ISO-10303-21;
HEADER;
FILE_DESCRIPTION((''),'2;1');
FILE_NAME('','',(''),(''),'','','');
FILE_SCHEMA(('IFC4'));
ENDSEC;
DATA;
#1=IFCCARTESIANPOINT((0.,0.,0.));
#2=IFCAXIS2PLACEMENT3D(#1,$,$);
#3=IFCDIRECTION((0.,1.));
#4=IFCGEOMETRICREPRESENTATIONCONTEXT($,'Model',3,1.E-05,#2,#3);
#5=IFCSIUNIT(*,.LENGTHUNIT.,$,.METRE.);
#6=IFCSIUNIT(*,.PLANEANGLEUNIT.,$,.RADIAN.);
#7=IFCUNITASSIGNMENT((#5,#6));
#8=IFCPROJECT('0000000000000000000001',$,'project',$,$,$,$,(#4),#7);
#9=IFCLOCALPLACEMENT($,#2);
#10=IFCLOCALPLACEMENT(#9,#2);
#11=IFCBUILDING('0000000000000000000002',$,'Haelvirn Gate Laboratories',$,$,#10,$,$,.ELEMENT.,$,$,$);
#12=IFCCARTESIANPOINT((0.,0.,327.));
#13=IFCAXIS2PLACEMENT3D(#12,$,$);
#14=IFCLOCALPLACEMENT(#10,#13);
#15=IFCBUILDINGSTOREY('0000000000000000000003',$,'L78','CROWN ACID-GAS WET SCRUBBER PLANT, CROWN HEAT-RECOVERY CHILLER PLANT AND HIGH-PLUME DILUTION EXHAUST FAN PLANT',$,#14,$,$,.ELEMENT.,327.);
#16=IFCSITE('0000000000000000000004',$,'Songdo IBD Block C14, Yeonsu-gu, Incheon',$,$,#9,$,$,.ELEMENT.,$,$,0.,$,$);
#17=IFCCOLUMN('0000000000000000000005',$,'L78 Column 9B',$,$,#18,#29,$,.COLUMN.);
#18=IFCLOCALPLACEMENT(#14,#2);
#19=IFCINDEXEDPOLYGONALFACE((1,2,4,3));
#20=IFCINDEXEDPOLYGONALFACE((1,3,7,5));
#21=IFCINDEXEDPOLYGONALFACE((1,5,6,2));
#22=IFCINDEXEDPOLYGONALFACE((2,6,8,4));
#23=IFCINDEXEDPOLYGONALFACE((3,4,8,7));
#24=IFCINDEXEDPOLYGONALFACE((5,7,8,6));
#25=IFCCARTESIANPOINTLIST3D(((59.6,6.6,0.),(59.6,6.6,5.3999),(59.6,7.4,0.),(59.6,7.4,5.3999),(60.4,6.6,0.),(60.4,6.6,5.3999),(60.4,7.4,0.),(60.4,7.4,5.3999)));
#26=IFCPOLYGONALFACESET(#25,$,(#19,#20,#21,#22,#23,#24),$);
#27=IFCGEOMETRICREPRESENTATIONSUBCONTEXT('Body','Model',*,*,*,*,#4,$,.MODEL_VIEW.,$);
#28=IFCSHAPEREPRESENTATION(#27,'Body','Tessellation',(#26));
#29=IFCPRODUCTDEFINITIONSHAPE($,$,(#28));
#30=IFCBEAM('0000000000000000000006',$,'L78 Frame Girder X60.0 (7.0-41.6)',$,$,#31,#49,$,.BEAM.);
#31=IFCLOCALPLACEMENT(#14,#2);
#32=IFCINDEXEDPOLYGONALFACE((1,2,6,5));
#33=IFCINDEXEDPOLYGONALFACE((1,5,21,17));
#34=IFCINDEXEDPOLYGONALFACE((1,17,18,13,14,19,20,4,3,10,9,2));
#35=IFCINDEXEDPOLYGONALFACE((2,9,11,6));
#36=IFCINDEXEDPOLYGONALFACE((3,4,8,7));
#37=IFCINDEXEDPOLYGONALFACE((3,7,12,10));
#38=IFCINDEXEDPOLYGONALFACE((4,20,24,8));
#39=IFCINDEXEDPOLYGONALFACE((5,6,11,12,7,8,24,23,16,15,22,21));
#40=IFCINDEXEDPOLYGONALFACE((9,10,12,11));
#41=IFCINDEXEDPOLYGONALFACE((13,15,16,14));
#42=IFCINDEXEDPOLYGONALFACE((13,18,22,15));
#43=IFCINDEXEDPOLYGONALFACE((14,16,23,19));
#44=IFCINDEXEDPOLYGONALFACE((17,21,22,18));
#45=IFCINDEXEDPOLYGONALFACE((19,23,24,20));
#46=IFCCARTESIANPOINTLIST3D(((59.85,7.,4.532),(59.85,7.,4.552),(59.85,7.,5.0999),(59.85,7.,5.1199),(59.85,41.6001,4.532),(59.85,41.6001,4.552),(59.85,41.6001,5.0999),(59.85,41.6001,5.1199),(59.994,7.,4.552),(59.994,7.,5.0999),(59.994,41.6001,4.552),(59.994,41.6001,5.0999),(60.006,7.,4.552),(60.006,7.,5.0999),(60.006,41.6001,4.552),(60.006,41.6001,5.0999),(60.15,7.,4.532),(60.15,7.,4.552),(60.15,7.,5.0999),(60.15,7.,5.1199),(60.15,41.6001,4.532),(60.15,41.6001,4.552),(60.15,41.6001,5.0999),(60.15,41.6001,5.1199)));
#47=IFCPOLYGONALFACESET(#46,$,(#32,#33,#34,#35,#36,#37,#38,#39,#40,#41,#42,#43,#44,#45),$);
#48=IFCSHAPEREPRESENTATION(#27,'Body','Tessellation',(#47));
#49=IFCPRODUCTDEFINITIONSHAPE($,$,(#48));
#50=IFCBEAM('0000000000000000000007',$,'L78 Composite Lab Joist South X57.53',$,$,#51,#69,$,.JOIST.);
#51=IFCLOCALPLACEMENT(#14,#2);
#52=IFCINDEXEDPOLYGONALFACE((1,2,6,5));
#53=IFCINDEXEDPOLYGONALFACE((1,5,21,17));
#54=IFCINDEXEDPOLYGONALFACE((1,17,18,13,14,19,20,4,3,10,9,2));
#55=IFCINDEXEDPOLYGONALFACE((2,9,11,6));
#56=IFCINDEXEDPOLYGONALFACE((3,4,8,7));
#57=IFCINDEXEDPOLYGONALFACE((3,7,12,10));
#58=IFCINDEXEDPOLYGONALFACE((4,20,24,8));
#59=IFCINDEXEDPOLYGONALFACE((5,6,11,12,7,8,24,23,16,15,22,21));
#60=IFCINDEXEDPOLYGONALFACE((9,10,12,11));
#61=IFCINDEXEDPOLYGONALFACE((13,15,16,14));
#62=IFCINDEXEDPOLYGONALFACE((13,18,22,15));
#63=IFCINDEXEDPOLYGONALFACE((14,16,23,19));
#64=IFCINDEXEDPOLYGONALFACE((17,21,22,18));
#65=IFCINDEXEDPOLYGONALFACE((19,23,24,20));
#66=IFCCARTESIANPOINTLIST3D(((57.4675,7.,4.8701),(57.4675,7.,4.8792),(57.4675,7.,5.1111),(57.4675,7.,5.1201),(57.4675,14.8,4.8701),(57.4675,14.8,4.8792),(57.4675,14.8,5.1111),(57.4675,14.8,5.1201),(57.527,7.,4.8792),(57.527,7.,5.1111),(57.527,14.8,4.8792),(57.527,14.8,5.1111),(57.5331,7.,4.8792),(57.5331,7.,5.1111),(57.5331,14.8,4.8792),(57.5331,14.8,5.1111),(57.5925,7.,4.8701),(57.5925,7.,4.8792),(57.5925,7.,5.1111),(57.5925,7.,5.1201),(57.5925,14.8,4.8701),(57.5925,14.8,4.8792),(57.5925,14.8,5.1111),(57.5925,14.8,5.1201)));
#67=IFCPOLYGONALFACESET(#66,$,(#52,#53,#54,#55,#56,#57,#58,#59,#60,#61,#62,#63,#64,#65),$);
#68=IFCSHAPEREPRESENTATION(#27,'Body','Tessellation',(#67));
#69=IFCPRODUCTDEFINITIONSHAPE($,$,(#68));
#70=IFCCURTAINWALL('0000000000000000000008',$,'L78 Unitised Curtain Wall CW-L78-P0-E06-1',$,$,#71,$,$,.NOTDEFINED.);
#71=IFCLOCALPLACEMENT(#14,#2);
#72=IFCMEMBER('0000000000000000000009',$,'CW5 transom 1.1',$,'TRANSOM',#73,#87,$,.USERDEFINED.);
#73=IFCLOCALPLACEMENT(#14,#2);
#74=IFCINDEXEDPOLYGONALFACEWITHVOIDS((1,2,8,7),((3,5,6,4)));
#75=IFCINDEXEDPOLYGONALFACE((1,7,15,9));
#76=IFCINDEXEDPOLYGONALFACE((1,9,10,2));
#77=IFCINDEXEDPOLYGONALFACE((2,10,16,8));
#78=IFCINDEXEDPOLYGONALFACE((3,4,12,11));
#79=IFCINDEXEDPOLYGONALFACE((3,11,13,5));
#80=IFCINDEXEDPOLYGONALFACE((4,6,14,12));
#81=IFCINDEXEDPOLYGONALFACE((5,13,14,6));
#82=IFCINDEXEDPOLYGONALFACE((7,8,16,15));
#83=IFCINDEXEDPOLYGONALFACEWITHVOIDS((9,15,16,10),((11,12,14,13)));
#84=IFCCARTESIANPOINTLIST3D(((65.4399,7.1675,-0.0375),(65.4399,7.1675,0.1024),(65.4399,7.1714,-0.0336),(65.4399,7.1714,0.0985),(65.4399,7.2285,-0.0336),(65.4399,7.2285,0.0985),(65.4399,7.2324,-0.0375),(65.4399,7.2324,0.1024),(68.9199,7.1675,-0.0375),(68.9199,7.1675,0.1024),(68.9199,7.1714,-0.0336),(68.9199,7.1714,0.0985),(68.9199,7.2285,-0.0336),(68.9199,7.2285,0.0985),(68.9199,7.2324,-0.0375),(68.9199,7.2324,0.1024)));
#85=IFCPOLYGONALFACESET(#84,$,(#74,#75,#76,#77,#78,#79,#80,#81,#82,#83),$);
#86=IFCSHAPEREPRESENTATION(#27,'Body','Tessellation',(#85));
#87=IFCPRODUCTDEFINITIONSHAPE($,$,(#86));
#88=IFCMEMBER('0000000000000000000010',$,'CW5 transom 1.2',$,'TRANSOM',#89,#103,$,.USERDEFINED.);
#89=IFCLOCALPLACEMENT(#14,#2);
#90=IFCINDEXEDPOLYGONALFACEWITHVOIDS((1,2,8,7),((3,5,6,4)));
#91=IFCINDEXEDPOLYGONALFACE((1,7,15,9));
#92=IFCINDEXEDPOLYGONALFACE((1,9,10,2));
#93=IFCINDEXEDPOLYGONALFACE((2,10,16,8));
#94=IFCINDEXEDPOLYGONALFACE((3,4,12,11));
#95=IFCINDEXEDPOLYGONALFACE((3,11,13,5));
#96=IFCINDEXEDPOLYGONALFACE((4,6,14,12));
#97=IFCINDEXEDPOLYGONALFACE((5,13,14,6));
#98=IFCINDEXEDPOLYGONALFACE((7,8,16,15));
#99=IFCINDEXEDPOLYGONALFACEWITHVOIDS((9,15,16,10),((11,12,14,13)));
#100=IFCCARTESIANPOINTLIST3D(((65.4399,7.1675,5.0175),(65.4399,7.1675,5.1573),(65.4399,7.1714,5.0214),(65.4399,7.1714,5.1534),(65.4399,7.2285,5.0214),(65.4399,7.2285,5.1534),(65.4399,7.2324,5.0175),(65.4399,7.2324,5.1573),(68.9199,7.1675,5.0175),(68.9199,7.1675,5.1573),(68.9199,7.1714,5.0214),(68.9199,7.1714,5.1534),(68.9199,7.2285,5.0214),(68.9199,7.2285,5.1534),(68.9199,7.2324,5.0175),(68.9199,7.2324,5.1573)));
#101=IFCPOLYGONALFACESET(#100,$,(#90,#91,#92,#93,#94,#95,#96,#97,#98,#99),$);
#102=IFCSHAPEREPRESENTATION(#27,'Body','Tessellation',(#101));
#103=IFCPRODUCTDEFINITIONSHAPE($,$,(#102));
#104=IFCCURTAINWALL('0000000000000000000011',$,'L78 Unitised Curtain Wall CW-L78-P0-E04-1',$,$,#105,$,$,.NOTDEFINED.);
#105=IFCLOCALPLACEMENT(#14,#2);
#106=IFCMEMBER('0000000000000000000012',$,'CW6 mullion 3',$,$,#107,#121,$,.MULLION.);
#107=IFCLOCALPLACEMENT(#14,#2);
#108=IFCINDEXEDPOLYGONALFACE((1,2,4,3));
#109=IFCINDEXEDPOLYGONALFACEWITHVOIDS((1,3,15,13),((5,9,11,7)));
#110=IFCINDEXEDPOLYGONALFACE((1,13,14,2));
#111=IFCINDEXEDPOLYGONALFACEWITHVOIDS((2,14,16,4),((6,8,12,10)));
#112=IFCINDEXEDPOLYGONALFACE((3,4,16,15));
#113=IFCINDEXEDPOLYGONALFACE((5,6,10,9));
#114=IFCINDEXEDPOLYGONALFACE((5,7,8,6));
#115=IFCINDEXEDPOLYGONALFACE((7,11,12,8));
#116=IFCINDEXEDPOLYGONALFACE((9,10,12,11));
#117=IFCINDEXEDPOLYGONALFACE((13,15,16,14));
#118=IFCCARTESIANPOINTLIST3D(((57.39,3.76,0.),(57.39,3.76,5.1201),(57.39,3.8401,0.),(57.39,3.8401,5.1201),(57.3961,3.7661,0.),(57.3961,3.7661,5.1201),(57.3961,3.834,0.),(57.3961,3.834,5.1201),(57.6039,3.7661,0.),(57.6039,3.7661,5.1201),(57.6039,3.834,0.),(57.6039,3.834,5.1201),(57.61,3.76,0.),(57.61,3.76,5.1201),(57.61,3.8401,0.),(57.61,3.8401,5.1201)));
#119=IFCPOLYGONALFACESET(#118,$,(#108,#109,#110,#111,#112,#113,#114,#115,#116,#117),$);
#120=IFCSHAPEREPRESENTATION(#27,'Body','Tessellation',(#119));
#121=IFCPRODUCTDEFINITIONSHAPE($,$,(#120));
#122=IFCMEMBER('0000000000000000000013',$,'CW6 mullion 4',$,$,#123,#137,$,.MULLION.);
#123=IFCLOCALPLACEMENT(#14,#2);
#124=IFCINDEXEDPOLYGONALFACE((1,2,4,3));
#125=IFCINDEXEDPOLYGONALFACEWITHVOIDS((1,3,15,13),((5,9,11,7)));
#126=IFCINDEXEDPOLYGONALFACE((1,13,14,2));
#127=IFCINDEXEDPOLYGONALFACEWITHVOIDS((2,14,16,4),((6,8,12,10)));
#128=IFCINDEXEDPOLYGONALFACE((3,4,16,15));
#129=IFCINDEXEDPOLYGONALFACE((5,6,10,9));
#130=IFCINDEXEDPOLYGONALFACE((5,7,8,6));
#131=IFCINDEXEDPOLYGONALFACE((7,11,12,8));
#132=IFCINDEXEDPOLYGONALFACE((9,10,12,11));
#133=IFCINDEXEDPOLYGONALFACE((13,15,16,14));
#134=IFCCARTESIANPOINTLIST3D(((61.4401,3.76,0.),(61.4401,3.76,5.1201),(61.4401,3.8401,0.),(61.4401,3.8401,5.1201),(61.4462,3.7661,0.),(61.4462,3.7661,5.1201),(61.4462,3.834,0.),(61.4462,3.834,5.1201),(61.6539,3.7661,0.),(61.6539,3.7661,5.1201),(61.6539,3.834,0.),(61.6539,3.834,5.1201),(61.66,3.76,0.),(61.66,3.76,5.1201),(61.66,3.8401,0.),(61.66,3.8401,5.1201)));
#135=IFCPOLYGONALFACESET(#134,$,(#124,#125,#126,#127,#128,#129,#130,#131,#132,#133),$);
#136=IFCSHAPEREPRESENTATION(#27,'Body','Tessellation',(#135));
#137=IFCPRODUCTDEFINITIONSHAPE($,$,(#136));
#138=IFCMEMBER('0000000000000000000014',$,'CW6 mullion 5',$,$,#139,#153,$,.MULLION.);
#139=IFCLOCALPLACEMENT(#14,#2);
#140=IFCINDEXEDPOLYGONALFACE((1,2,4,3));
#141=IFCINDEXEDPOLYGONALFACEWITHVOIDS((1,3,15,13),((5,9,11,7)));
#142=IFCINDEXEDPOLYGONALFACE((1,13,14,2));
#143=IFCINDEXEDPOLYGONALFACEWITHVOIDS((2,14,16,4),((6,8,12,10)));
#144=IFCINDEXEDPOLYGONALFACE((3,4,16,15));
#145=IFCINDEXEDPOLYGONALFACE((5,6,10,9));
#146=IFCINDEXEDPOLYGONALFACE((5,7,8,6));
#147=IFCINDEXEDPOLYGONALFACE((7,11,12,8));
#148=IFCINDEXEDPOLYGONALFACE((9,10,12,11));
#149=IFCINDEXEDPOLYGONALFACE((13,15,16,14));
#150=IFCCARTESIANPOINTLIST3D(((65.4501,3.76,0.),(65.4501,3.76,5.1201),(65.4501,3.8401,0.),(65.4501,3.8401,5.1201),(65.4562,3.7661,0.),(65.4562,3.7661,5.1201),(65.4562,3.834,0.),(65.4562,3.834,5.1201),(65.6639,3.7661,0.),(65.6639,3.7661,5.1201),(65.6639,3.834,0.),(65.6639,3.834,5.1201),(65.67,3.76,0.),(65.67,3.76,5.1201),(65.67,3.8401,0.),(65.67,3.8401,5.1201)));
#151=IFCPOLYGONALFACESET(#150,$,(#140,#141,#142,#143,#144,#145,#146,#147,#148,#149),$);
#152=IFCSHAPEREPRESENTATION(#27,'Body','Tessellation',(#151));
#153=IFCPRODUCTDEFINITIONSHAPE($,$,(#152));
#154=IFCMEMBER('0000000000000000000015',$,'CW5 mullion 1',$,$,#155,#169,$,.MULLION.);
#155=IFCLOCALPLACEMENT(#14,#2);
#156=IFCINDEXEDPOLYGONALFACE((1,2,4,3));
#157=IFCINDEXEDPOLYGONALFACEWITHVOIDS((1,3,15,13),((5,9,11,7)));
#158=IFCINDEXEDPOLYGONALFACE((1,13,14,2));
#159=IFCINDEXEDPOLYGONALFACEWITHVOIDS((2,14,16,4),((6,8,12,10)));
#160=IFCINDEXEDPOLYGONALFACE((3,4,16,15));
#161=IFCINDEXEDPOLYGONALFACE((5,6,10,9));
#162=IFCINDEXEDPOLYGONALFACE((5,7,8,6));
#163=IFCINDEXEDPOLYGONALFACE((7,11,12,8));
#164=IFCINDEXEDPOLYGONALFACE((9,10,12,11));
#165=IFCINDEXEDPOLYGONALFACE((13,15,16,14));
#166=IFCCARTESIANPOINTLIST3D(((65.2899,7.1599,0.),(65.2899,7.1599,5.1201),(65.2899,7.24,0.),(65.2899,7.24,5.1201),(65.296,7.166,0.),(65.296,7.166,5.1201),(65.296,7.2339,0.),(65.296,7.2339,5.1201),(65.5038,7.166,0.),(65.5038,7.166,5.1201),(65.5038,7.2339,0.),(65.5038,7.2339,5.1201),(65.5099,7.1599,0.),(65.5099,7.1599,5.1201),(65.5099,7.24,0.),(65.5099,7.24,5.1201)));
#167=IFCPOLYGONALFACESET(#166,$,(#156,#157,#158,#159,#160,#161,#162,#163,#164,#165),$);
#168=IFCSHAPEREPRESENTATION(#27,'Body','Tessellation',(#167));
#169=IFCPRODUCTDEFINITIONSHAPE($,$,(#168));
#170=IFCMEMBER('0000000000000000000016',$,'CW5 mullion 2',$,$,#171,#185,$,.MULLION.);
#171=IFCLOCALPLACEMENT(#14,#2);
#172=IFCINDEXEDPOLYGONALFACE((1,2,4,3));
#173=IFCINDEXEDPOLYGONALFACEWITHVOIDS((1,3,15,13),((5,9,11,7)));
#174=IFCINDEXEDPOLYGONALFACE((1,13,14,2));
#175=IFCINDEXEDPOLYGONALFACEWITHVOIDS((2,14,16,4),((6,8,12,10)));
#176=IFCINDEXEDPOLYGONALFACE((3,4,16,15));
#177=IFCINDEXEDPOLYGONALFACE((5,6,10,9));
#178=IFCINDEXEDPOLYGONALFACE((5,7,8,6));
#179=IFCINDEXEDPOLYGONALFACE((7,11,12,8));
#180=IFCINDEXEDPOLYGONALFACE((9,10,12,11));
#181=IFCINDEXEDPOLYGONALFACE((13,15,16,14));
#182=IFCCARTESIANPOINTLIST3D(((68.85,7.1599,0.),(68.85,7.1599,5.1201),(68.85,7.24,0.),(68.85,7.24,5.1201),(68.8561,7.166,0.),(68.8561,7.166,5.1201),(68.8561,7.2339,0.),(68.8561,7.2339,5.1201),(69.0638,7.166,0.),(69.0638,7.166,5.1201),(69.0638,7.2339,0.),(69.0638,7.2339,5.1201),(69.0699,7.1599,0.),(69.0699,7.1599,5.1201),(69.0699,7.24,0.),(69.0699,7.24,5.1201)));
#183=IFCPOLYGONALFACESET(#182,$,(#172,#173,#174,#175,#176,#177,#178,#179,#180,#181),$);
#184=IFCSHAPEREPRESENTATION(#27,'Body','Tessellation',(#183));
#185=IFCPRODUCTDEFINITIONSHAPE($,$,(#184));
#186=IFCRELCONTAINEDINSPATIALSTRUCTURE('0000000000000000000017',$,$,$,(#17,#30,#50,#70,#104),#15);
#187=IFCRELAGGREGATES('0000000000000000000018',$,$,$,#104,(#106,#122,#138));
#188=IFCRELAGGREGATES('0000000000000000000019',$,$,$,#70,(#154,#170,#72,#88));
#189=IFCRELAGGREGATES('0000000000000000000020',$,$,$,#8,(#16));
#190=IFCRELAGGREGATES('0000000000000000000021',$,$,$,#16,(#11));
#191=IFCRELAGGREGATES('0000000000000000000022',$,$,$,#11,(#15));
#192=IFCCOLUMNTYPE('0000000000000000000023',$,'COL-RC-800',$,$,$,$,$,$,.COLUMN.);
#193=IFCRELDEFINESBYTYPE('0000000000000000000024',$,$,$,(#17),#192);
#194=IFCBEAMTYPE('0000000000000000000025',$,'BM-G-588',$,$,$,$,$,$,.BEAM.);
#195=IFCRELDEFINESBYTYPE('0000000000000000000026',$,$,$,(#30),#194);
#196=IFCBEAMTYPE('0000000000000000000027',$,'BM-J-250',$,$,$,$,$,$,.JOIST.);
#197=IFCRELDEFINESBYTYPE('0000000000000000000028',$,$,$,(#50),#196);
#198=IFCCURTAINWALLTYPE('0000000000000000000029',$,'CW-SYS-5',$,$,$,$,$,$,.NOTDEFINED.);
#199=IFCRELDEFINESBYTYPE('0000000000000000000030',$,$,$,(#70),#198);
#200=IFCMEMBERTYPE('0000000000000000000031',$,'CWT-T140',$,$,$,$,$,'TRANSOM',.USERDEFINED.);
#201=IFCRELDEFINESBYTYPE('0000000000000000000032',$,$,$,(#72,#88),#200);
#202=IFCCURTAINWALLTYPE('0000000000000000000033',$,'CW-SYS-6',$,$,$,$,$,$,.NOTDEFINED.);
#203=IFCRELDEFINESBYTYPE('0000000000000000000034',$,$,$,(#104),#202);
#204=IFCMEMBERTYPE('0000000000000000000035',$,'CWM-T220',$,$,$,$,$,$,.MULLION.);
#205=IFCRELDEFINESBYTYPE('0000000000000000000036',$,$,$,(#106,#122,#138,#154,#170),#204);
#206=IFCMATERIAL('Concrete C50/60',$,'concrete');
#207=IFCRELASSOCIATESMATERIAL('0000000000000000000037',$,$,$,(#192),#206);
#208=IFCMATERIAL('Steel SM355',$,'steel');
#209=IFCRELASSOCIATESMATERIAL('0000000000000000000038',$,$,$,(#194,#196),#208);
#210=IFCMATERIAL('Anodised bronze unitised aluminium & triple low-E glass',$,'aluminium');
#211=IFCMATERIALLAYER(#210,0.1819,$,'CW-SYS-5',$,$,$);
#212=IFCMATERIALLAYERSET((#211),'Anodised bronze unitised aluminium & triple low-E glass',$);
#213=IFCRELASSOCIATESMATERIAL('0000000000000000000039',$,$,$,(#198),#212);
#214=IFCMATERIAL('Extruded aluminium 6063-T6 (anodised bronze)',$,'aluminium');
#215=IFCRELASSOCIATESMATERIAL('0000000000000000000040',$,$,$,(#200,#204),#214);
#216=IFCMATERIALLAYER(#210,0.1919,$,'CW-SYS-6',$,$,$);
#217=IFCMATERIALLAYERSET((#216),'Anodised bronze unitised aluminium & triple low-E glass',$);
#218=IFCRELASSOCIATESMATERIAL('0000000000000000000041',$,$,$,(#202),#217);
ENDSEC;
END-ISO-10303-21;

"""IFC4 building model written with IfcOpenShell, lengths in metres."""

from ifc_helpers import new_model, si_unit, direction, frame, origin, origin_2d, place, context, subcontext, project, spatial, rectangle, hollow_rectangle, i_section, extrude, source, transform, mapped, material, layer, layer_set, material_profile, profile_set, type_object, type_shapes, element, aggregate, save


model = new_model("IFC4")

# Units and contexts
model_context = context("Model", 3, precision=1e-05, world=origin(), true_north=direction((0.0, 1.0)))
body_context = subcontext(model_context, "Body", "Model", "MODEL_VIEW")
ifc_project = project(units=[si_unit("LENGTHUNIT", "METRE"), si_unit("PLANEANGLEUNIT", "RADIAN")], contexts=[model_context])

# Site, building, storey
site_placement = place(None, origin())
site = spatial("IfcSite", under=ifc_project, at=site_placement, Name="Songdo IBD Block C14, Yeonsu-gu, Incheon", CompositionType="ELEMENT", RefElevation=0.0)
building_placement = place(site_placement, origin())
building = spatial("IfcBuilding", under=site, at=building_placement, Name="Haelvirn Gate Laboratories", CompositionType="ELEMENT")
storey_placement = place(building_placement, frame((0.0, 0.0, 327.0)))
storey = spatial("IfcBuildingStorey", under=building, at=storey_placement, Name="L78", Description="CROWN ACID-GAS WET SCRUBBER PLANT, CROWN HEAT-RECOVERY CHILLER PLANT AND HIGH-PLUME DILUTION EXHAUST FAN PLANT", CompositionType="ELEMENT", Elevation=327.0)

# Column
ifc_material_1 = material(Name="Concrete C50/60", Category="concrete")
ifc_material_profile_1 = material_profile(ifc_material_1, rectangle(XDim=0.8, YDim=0.8, at=origin_2d()), Name="RC-800x800")
ifc_profile_set_1 = profile_set([ifc_material_profile_1], Name="Concrete C50/60")
column_type = type_object("IfcColumnType", Name="COL-RC-800", PredefinedType="COLUMN", material=ifc_profile_set_1)
shared_shape_1 = source(origin(), body_context, "Body", "SweptSolid", [
    extrude(rectangle(XDim=0.8, YDim=0.8, at=origin_2d()), origin(), (0.0, 0.0, 1.0), 5.3999),
])
type_shapes(column_type, [shared_shape_1])
column_placement = place(storey_placement, frame((60.0, 7.0, 0.0), z_axis=(0.0, 0.0, 1.0), x_axis=(1.0, 0.0, 0.0)))
element("IfcColumn", 1, at=column_placement, inside=storey, type_object=column_type, Name="L78 Column 9B", PredefinedType="COLUMN", context=body_context, shape_type="MappedRepresentation", body=[
    mapped(shared_shape_1, transform((0.0, 0.0, 0.0), scale=1.0)),
])

# Beams
ifc_material_2 = material(Name="Steel SM355", Category="steel")
ifc_material_profile_2 = material_profile(ifc_material_2, i_section(OverallWidth=0.3, OverallDepth=0.5879, WebThickness=0.012, FlangeThickness=0.02, at=origin_2d()), Name="H-588x300x12x20")
ifc_profile_set_2 = profile_set([ifc_material_profile_2], Name="Steel SM355")
beam_type_1 = type_object("IfcBeamType", Name="BM-G-588", PredefinedType="BEAM", material=ifc_profile_set_2)
shared_shape_2 = source(origin(), body_context, "Body", "SweptSolid", [
    extrude(i_section(OverallWidth=0.3, OverallDepth=0.5879, WebThickness=0.012, FlangeThickness=0.02, at=origin_2d()), origin(), (0.0, 0.0, 1.0), 34.6001),
])
type_shapes(beam_type_1, [shared_shape_2])
beam_1_placement = place(storey_placement, frame((60.0, 7.0, 4.8259), z_axis=(0.0, 1.0, 0.0), x_axis=(-1.0, 0.0, 0.0)))
element("IfcBeam", 2, at=beam_1_placement, inside=storey, type_object=beam_type_1, Name="L78 Frame Girder X60.0 (7.0-41.6)", PredefinedType="BEAM", context=body_context, shape_type="MappedRepresentation", body=[
    mapped(shared_shape_2, transform((0.0, 0.0, 0.0), scale=1.0)),
])
ifc_material_profile_3 = material_profile(ifc_material_2, i_section(OverallWidth=0.125, OverallDepth=0.25, WebThickness=0.0061, FlangeThickness=0.009, at=origin_2d()), Name="H-250x125x6x9")
ifc_profile_set_3 = profile_set([ifc_material_profile_3], Name="Steel SM355")
beam_type_2 = type_object("IfcBeamType", Name="BM-J-250", PredefinedType="JOIST", material=ifc_profile_set_3)
shared_shape_3 = source(origin(), body_context, "Body", "SweptSolid", [
    extrude(i_section(OverallWidth=0.125, OverallDepth=0.25, WebThickness=0.0061, FlangeThickness=0.009, at=origin_2d()), origin(), (0.0, 0.0, 1.0), 7.8),
])
type_shapes(beam_type_2, [shared_shape_3])
beam_2_placement = place(storey_placement, frame((57.53, 7.0, 4.9951), z_axis=(0.0, 1.0, 0.0), x_axis=(-1.0, 0.0, 0.0)))
element("IfcBeam", 3, at=beam_2_placement, inside=storey, type_object=beam_type_2, Name="L78 Composite Lab Joist South X57.53", PredefinedType="JOIST", context=body_context, shape_type="MappedRepresentation", body=[
    mapped(shared_shape_3, transform((0.0, 0.0, 0.0), scale=1.0)),
])

# Curtain walls, members
ifc_material_3 = material(Name="Anodised bronze unitised aluminium & triple low-E glass", Category="aluminium")
ifc_layer_1 = layer(ifc_material_3, 0.1819, Name="CW-SYS-5")
ifc_layer_set_1 = layer_set([ifc_layer_1], Name="Anodised bronze unitised aluminium & triple low-E glass")
curtain_wall_type_1 = type_object("IfcCurtainWallType", Name="CW-SYS-5", PredefinedType="NOTDEFINED", material=ifc_layer_set_1)
curtain_wall_1_placement = place(storey_placement, origin())
curtain_wall_1 = element("IfcCurtainWall", 4, at=curtain_wall_1_placement, inside=storey, type_object=curtain_wall_type_1, Name="L78 Unitised Curtain Wall CW-L78-P0-E06-1", PredefinedType="NOTDEFINED")
ifc_material_4 = material(Name="Extruded aluminium 6063-T6 (anodised bronze)", Category="aluminium")
ifc_material_profile_4 = material_profile(ifc_material_4, hollow_rectangle(XDim=0.0649, YDim=0.1399, WallThickness=0.0039, at=origin_2d()), Name="CWT-140x65x4")
ifc_profile_set_4 = profile_set([ifc_material_profile_4], Name="Extruded aluminium 6063-T6 (anodised bronze)")
member_type_1 = type_object("IfcMemberType", Name="CWT-T140", ElementType="TRANSOM", PredefinedType="USERDEFINED", material=ifc_profile_set_4)
shared_shape_4 = source(origin(), body_context, "Body", "SweptSolid", [
    extrude(hollow_rectangle(XDim=0.0649, YDim=0.1399, WallThickness=0.0039, at=origin_2d()), origin(), (0.0, 0.0, 1.0), 3.48),
])
type_shapes(member_type_1, [shared_shape_4])
member_1_placement = place(storey_placement, frame((65.4399, 7.2, 0.0325), z_axis=(1.0, 0.0, 0.0), x_axis=(0.0, 1.0, 0.0)))
member_1 = element("IfcMember", 5, at=member_1_placement, type_object=member_type_1, Name="CW5 transom 1.1", ObjectType="TRANSOM", PredefinedType="USERDEFINED", context=body_context, shape_type="MappedRepresentation", body=[
    mapped(shared_shape_4, transform((0.0, 0.0, 0.0), scale=1.0)),
])
member_2_placement = place(storey_placement, frame((65.4399, 7.2, 5.0874), z_axis=(1.0, 0.0, 0.0), x_axis=(0.0, 1.0, 0.0)))
member_2 = element("IfcMember", 6, at=member_2_placement, type_object=member_type_1, Name="CW5 transom 1.2", ObjectType="TRANSOM", PredefinedType="USERDEFINED", context=body_context, shape_type="MappedRepresentation", body=[
    mapped(shared_shape_4, transform((0.0, 0.0, 0.0), scale=1.0)),
])
ifc_layer_2 = layer(ifc_material_3, 0.1919, Name="CW-SYS-6")
ifc_layer_set_2 = layer_set([ifc_layer_2], Name="Anodised bronze unitised aluminium & triple low-E glass")
curtain_wall_type_2 = type_object("IfcCurtainWallType", Name="CW-SYS-6", PredefinedType="NOTDEFINED", material=ifc_layer_set_2)
curtain_wall_2_placement = place(storey_placement, origin())
curtain_wall_2 = element("IfcCurtainWall", 7, at=curtain_wall_2_placement, inside=storey, type_object=curtain_wall_type_2, Name="L78 Unitised Curtain Wall CW-L78-P0-E04-1", PredefinedType="NOTDEFINED")
ifc_material_profile_5 = material_profile(ifc_material_4, hollow_rectangle(XDim=0.0801, YDim=0.22, WallThickness=0.0061, at=origin_2d()), Name="CWM-220x80x6")
ifc_profile_set_5 = profile_set([ifc_material_profile_5], Name="Extruded aluminium 6063-T6 (anodised bronze)")
member_type_2 = type_object("IfcMemberType", Name="CWM-T220", PredefinedType="MULLION", material=ifc_profile_set_5)
shared_shape_5 = source(origin(), body_context, "Body", "SweptSolid", [
    extrude(hollow_rectangle(XDim=0.0801, YDim=0.22, WallThickness=0.0061, at=origin_2d()), origin(), (0.0, 0.0, 1.0), 5.1201),
])
type_shapes(member_type_2, [shared_shape_5])
member_3_placement = place(storey_placement, frame((57.5, 3.8, 0.0), z_axis=(0.0, 0.0, 1.0), x_axis=(0.0, 1.0, 0.0)))
member_3 = element("IfcMember", 8, at=member_3_placement, type_object=member_type_2, Name="CW6 mullion 3", PredefinedType="MULLION", context=body_context, shape_type="MappedRepresentation", body=[
    mapped(shared_shape_5, transform((0.0, 0.0, 0.0), scale=1.0)),
])
member_4_placement = place(storey_placement, frame((61.55, 3.8, 0.0), z_axis=(0.0, 0.0, 1.0), x_axis=(0.0, 1.0, 0.0)))
member_4 = element("IfcMember", 9, at=member_4_placement, type_object=member_type_2, Name="CW6 mullion 4", PredefinedType="MULLION", context=body_context, shape_type="MappedRepresentation", body=[
    mapped(shared_shape_5, transform((0.0, 0.0, 0.0), scale=1.0)),
])
member_5_placement = place(storey_placement, frame((65.5601, 3.8, 0.0), z_axis=(0.0, 0.0, 1.0), x_axis=(0.0, 1.0, 0.0)))
member_5 = element("IfcMember", 10, at=member_5_placement, type_object=member_type_2, Name="CW6 mullion 5", PredefinedType="MULLION", context=body_context, shape_type="MappedRepresentation", body=[
    mapped(shared_shape_5, transform((0.0, 0.0, 0.0), scale=1.0)),
])

# Members
member_6_placement = place(storey_placement, frame((65.3999, 7.2, 0.0), z_axis=(0.0, 0.0, 1.0), x_axis=(0.0, 1.0, 0.0)))
member_6 = element("IfcMember", 11, at=member_6_placement, type_object=member_type_2, Name="CW5 mullion 1", PredefinedType="MULLION", context=body_context, shape_type="MappedRepresentation", body=[
    mapped(shared_shape_5, transform((0.0, 0.0, 0.0), scale=1.0)),
])
member_7_placement = place(storey_placement, frame((68.96, 7.2, 0.0), z_axis=(0.0, 0.0, 1.0), x_axis=(0.0, 1.0, 0.0)))
member_7 = element("IfcMember", 12, at=member_7_placement, type_object=member_type_2, Name="CW5 mullion 2", PredefinedType="MULLION", context=body_context, shape_type="MappedRepresentation", body=[
    mapped(shared_shape_5, transform((0.0, 0.0, 0.0), scale=1.0)),
])

aggregate(curtain_wall_2, [member_3, member_4, member_5])
aggregate(curtain_wall_1, [member_6, member_7, member_1, member_2])

save(model, "model.ifc")
